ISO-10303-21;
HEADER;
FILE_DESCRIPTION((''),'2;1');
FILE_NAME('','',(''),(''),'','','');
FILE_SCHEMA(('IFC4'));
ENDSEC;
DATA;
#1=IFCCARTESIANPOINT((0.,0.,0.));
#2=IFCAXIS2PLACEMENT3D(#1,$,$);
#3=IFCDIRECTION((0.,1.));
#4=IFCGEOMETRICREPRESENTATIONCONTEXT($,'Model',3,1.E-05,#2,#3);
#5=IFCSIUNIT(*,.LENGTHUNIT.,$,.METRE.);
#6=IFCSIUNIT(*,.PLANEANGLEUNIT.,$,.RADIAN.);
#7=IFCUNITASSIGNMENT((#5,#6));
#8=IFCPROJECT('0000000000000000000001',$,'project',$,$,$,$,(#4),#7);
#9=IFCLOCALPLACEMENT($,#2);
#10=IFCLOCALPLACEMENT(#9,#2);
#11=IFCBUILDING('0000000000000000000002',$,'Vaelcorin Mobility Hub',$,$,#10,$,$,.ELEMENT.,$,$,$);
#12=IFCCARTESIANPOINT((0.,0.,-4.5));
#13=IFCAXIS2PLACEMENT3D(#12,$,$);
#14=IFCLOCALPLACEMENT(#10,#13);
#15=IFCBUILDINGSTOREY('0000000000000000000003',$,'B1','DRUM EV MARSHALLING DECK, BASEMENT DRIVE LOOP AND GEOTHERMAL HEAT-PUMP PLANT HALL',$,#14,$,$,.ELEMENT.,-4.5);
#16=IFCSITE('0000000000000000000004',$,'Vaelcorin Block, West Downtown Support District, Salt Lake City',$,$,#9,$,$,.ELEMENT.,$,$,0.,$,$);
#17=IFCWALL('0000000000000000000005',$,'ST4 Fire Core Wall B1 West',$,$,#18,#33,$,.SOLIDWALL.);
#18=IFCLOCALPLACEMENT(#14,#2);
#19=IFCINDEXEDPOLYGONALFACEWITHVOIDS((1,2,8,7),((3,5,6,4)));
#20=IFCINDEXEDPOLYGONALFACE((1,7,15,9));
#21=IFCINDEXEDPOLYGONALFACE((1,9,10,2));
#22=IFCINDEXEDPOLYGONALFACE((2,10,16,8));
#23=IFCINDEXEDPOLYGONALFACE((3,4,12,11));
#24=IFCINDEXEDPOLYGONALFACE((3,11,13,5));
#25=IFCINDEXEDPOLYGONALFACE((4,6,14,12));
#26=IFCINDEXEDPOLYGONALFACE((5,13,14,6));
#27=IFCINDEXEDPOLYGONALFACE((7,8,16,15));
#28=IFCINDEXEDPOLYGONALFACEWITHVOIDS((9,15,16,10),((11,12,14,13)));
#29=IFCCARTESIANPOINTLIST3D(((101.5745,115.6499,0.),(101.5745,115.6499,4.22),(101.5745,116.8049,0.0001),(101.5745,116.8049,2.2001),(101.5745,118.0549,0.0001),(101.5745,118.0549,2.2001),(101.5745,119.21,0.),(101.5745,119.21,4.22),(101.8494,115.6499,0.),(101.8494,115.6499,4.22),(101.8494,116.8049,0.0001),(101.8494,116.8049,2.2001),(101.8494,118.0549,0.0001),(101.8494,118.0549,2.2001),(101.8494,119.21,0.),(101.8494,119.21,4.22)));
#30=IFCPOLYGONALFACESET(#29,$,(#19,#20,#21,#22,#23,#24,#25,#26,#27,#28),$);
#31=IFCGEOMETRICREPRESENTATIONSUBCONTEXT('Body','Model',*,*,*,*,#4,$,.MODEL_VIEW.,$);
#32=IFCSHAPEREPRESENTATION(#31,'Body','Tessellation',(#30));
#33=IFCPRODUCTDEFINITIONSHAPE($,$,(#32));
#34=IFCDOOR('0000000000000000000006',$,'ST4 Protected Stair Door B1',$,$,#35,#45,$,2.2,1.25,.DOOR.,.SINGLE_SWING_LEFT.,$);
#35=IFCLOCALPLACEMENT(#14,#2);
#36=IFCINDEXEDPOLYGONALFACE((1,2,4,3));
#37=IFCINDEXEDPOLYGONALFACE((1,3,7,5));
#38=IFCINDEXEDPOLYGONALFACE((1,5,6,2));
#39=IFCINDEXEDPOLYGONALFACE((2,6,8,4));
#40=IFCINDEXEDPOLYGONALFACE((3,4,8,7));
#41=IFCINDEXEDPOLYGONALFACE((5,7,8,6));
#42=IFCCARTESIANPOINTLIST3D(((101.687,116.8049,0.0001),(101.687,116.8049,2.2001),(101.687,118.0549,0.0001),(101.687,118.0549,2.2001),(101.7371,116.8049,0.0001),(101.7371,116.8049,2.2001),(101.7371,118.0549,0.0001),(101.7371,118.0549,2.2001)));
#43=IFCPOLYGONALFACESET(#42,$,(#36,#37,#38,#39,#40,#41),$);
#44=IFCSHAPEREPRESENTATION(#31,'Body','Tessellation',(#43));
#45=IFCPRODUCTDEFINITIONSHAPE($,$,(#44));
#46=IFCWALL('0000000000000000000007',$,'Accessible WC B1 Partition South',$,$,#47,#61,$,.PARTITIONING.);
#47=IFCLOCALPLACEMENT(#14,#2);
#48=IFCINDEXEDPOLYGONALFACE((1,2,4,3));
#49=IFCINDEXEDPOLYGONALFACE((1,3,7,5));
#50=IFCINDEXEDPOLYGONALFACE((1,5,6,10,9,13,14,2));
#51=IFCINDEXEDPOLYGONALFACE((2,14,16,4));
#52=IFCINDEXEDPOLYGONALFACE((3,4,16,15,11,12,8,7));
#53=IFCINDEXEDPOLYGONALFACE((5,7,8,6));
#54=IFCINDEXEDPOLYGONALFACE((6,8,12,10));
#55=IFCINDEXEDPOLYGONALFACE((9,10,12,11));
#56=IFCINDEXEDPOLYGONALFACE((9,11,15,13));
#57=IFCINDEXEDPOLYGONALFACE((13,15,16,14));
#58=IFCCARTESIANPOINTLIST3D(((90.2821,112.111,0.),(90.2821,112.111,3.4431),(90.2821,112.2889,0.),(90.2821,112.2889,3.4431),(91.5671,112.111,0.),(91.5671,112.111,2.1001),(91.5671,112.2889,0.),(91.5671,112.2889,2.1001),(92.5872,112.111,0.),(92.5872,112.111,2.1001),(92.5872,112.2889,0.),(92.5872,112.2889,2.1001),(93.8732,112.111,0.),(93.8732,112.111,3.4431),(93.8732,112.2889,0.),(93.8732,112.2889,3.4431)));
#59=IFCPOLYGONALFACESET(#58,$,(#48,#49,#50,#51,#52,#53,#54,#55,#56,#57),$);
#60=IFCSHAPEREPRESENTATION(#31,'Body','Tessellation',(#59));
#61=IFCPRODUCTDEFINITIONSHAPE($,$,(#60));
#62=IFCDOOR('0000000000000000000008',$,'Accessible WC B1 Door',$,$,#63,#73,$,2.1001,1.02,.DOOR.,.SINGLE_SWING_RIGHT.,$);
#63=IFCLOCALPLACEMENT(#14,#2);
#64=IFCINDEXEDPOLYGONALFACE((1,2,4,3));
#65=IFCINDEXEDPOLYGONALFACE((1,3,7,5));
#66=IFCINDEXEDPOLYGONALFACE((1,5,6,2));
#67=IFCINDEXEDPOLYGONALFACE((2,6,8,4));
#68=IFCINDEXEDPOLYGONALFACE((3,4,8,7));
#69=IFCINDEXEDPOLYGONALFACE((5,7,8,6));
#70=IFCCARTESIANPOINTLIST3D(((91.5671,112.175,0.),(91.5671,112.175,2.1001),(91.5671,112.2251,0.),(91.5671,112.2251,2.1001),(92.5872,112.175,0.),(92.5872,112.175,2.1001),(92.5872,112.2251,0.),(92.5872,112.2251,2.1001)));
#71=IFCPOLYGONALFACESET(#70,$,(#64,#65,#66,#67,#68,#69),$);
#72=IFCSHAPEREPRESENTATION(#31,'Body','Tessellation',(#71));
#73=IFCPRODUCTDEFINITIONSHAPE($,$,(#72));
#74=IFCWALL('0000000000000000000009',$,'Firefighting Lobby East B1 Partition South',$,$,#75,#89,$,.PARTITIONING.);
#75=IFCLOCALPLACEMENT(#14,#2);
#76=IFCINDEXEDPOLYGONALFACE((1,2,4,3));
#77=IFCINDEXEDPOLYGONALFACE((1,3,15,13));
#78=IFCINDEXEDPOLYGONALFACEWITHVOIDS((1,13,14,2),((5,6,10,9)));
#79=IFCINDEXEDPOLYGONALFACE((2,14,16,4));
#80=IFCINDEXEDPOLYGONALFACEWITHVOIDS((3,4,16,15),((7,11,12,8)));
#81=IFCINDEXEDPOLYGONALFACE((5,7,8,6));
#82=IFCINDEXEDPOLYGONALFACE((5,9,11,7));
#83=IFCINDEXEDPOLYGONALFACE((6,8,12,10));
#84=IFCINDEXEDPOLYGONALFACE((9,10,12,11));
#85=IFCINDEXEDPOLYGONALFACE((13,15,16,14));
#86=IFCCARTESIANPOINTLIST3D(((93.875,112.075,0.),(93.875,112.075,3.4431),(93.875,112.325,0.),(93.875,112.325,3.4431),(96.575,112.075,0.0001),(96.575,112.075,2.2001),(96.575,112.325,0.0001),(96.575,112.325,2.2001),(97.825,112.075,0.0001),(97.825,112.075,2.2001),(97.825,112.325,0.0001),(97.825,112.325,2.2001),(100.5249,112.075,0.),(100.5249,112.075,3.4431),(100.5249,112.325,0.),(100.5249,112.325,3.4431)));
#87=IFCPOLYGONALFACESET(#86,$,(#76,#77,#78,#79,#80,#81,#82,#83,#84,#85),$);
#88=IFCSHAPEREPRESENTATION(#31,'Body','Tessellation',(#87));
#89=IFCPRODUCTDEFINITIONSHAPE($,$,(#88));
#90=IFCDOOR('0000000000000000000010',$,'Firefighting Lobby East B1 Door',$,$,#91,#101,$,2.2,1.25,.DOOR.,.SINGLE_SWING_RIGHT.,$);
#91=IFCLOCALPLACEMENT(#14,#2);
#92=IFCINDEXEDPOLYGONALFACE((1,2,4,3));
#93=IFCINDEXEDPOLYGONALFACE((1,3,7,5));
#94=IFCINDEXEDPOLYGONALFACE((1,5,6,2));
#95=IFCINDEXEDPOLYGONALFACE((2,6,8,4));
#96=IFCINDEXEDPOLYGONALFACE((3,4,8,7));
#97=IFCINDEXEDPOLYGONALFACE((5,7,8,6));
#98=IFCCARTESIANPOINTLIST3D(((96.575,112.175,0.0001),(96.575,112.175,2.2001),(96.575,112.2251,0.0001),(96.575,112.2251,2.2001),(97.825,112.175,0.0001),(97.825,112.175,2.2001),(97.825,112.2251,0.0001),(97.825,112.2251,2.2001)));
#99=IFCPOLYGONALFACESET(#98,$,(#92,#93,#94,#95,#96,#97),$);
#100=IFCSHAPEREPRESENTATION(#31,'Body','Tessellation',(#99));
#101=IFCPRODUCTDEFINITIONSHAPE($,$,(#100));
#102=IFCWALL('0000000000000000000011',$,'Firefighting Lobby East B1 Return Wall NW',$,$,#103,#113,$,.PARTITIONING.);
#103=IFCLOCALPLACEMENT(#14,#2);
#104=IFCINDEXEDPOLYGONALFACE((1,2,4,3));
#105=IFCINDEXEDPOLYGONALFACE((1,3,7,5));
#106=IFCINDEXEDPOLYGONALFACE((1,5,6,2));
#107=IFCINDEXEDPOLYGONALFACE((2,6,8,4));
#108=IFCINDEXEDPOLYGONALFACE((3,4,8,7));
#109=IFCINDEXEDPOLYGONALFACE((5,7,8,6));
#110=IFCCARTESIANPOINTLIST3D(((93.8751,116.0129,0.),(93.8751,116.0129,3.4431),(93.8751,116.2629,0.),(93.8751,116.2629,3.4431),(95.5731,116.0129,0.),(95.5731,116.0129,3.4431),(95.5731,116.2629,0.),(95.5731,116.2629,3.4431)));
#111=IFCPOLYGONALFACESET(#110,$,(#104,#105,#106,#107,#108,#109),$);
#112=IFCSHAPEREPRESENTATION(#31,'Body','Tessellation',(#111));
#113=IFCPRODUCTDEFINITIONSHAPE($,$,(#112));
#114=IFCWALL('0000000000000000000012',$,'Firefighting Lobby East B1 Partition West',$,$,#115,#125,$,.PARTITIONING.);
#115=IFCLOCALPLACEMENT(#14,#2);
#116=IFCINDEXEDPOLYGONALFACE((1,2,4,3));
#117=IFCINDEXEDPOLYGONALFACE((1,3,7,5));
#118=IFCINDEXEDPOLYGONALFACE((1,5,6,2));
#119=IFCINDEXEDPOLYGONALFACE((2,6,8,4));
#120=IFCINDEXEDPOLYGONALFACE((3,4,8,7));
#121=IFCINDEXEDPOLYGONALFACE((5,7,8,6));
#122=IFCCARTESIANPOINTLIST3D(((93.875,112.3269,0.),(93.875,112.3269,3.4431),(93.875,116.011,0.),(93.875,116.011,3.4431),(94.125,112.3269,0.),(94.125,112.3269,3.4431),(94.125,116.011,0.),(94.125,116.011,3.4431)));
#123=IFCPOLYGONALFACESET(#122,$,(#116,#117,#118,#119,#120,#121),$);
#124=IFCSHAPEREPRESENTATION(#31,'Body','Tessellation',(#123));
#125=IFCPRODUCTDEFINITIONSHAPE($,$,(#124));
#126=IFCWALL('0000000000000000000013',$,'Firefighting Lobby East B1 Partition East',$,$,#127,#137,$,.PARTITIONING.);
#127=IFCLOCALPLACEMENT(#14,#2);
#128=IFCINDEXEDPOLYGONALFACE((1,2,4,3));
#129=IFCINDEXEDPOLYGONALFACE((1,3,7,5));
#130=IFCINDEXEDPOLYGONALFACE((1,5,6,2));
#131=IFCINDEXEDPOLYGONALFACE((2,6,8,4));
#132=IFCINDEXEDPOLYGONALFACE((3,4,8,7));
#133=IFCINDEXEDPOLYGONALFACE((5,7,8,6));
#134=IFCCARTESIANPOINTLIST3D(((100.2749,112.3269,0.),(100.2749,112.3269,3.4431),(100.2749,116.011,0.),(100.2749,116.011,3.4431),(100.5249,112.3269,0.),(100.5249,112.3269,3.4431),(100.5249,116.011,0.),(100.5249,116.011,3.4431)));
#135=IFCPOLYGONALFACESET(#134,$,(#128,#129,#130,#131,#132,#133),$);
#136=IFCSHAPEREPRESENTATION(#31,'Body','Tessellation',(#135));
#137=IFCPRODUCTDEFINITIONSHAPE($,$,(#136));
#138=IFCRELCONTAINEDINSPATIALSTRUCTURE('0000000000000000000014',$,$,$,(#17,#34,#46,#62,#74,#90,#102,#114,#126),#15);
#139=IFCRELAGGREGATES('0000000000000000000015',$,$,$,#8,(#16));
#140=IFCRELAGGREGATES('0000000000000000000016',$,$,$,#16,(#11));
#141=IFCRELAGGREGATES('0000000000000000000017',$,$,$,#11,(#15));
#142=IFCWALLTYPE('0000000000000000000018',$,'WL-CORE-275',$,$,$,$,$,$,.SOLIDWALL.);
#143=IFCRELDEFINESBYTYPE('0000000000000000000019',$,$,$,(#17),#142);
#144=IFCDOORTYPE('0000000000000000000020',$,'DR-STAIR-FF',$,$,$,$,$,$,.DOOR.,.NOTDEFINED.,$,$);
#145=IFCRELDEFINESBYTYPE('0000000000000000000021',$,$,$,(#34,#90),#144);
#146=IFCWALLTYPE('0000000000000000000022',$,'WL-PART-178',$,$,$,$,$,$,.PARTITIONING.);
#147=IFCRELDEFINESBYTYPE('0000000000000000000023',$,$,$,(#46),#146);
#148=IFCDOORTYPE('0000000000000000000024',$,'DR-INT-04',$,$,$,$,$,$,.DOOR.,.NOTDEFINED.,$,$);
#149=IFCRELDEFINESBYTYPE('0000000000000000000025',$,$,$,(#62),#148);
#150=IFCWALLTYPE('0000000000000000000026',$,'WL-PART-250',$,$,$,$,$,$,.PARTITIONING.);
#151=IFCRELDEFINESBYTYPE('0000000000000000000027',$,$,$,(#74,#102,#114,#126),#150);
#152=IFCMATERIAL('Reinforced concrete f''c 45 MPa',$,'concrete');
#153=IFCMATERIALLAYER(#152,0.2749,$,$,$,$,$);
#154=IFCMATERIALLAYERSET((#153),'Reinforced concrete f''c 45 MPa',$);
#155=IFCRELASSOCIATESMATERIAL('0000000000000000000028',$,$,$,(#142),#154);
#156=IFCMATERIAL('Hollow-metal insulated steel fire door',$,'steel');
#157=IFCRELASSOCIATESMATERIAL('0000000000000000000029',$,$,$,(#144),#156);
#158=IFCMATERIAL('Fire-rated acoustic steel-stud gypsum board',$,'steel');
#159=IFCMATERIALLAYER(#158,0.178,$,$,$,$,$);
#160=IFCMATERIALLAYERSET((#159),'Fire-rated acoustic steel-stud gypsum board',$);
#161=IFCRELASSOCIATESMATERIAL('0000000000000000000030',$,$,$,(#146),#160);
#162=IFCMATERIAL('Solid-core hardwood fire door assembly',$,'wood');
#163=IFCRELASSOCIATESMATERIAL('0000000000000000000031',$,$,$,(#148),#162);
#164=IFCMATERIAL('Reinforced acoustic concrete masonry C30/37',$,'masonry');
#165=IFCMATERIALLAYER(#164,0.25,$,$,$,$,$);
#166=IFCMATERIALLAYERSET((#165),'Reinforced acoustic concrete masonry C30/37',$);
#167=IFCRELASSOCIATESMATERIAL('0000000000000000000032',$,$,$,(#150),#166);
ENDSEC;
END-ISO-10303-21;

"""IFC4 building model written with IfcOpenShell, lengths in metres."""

from ifc_helpers import new_model, si_unit, direction, frame, frame_2d, origin, place, context, subcontext, project, spatial, rectangle, extrude, material, layer, layer_set, type_object, element, fill, save


model = new_model("IFC4")

# Units and contexts
model_context = context("Model", 3, precision=1e-05, world=origin(), true_north=direction((0.0, 1.0)))
body_context = subcontext(model_context, "Body", "Model", "MODEL_VIEW")
ifc_project = project(units=[si_unit("LENGTHUNIT", "METRE"), si_unit("PLANEANGLEUNIT", "RADIAN")], contexts=[model_context])

# Site, building, storey
site_placement = place(None, origin())
site = spatial("IfcSite", under=ifc_project, at=site_placement, Name="Vaelcorin Block, West Downtown Support District, Salt Lake City", CompositionType="ELEMENT", RefElevation=0.0)
building_placement = place(site_placement, origin())
building = spatial("IfcBuilding", under=site, at=building_placement, Name="Vaelcorin Mobility Hub", CompositionType="ELEMENT")
storey_placement = place(building_placement, frame((0.0, 0.0, -4.5)))
storey = spatial("IfcBuildingStorey", under=building, at=storey_placement, Name="B1", Description="DRUM EV MARSHALLING DECK, BASEMENT DRIVE LOOP AND GEOTHERMAL HEAT-PUMP PLANT HALL", CompositionType="ELEMENT", Elevation=-4.5)

# Walls, openings, doors
ifc_material_1 = material(Name="Reinforced concrete f'c 45 MPa", Category="concrete")
ifc_layer_1 = layer(ifc_material_1, 0.2749)
ifc_layer_set_1 = layer_set([ifc_layer_1], Name="Reinforced concrete f'c 45 MPa")
wall_type_1 = type_object("IfcWallType", Name="WL-CORE-275", PredefinedType="SOLIDWALL", material=ifc_layer_set_1)
wall_1_placement = place(storey_placement, frame((101.7119, 115.6499, 0.0), z_axis=(0.0, 0.0, 1.0), x_axis=(0.0, 1.0, 0.0)))
wall_1 = element("IfcWall", 1, at=wall_1_placement, inside=storey, type_object=wall_type_1, Name="ST4 Fire Core Wall B1 West", PredefinedType="SOLIDWALL", context=body_context, shape_type="SweptSolid", body=[
    extrude(rectangle(XDim=3.5601, YDim=0.2749, at=frame_2d((1.78, 0.0))), origin(), (0.0, 0.0, 1.0), 4.22),
])
opening_1_placement = place(wall_1_placement, frame((1.155, 0.0, 0.0)))
opening_1 = element("IfcOpeningElement", 2, at=opening_1_placement, cuts=wall_1, PredefinedType="OPENING", context=body_context, shape_type="SweptSolid", body=[
    extrude(rectangle(XDim=1.25, YDim=2.2, at=frame_2d((0.625, 1.1001))), frame((0.0, 0.1475, 0.0), z_axis=(0.0, -1.0, 0.0), x_axis=(1.0, 0.0, 0.0)), (0.0, 0.0, 1.0), 0.2949),
])
ifc_material_2 = material(Name="Hollow-metal insulated steel fire door", Category="steel")
door_type_1 = type_object("IfcDoorType", Name="DR-STAIR-FF", OperationType="NOTDEFINED", PredefinedType="DOOR", material=ifc_material_2)
door_1_placement = place(opening_1_placement, origin())
door_1 = element("IfcDoor", 3, at=door_1_placement, inside=storey, type_object=door_type_1, Name="ST4 Protected Stair Door B1", OperationType="SINGLE_SWING_LEFT", OverallHeight=2.2, OverallWidth=1.25, PredefinedType="DOOR", context=body_context, shape_type="SweptSolid", body=[
    extrude(rectangle(XDim=1.25, YDim=2.2, at=frame_2d((0.625, 1.1001))), frame((0.0, 0.0249, 0.0), z_axis=(0.0, -1.0, 0.0), x_axis=(1.0, 0.0, 0.0)), (0.0, 0.0, 1.0), 0.05),
])
fill(opening_1, door_1)
ifc_material_3 = material(Name="Fire-rated acoustic steel-stud gypsum board", Category="steel")
ifc_layer_2 = layer(ifc_material_3, 0.178)
ifc_layer_set_2 = layer_set([ifc_layer_2], Name="Fire-rated acoustic steel-stud gypsum board")
wall_type_2 = type_object("IfcWallType", Name="WL-PART-178", PredefinedType="PARTITIONING", material=ifc_layer_set_2)
wall_2_placement = place(storey_placement, frame((93.873, 112.2, 0.0), z_axis=(0.0, 0.0, 1.0), x_axis=(-1.0, 0.0, 0.0)))
wall_2 = element("IfcWall", 4, at=wall_2_placement, inside=storey, type_object=wall_type_2, Name="Accessible WC B1 Partition South", PredefinedType="PARTITIONING", context=body_context, shape_type="SweptSolid", body=[
    extrude(rectangle(XDim=3.5911, YDim=0.178, at=frame_2d((1.7954, 0.0))), origin(), (0.0, 0.0, 1.0), 3.4431),
])
opening_2_placement = place(wall_2_placement, frame((1.2859, 0.0, 0.0)))
opening_2 = element("IfcOpeningElement", 5, at=opening_2_placement, cuts=wall_2, PredefinedType="OPENING", context=body_context, shape_type="SweptSolid", body=[
    extrude(rectangle(XDim=1.02, YDim=2.1001, at=frame_2d((0.51, 1.05))), frame((0.0, 0.0989, 0.0), z_axis=(0.0, -1.0, 0.0), x_axis=(1.0, 0.0, 0.0)), (0.0, 0.0, 1.0), 0.198),
])
ifc_material_4 = material(Name="Solid-core hardwood fire door assembly", Category="wood")
door_type_2 = type_object("IfcDoorType", Name="DR-INT-04", OperationType="NOTDEFINED", PredefinedType="DOOR", material=ifc_material_4)
door_2_placement = place(opening_2_placement, origin())
door_2 = element("IfcDoor", 6, at=door_2_placement, inside=storey, type_object=door_type_2, Name="Accessible WC B1 Door", OperationType="SINGLE_SWING_RIGHT", OverallHeight=2.1001, OverallWidth=1.02, PredefinedType="DOOR", context=body_context, shape_type="SweptSolid", body=[
    extrude(rectangle(XDim=1.02, YDim=2.1001, at=frame_2d((0.51, 1.05))), frame((0.0, 0.0249, 0.0), z_axis=(0.0, -1.0, 0.0), x_axis=(1.0, 0.0, 0.0)), (0.0, 0.0, 1.0), 0.05),
])
fill(opening_2, door_2)
ifc_material_5 = material(Name="Reinforced acoustic concrete masonry C30/37", Category="masonry")
ifc_layer_3 = layer(ifc_material_5, 0.25)
ifc_layer_set_3 = layer_set([ifc_layer_3], Name="Reinforced acoustic concrete masonry C30/37")
wall_type_3 = type_object("IfcWallType", Name="WL-PART-250", PredefinedType="PARTITIONING", material=ifc_layer_set_3)
wall_3_placement = place(storey_placement, frame((100.5249, 112.2, 0.0), z_axis=(0.0, 0.0, 1.0), x_axis=(-1.0, 0.0, 0.0)))
wall_3 = element("IfcWall", 7, at=wall_3_placement, inside=storey, type_object=wall_type_3, Name="Firefighting Lobby East B1 Partition South", PredefinedType="PARTITIONING", context=body_context, shape_type="SweptSolid", body=[
    extrude(rectangle(XDim=6.6499, YDim=0.25, at=frame_2d((3.325, 0.0))), origin(), (0.0, 0.0, 1.0), 3.4431),
])
opening_3_placement = place(wall_3_placement, frame((2.7, 0.0, 0.0)))
opening_3 = element("IfcOpeningElement", 8, at=opening_3_placement, cuts=wall_3, PredefinedType="OPENING", context=body_context, shape_type="SweptSolid", body=[
    extrude(rectangle(XDim=1.25, YDim=2.2, at=frame_2d((0.625, 1.1001))), frame((0.0, 0.135, 0.0), z_axis=(0.0, -1.0, 0.0), x_axis=(1.0, 0.0, 0.0)), (0.0, 0.0, 1.0), 0.27),
])
door_3_placement = place(opening_3_placement, origin())
door_3 = element("IfcDoor", 9, at=door_3_placement, inside=storey, type_object=door_type_1, Name="Firefighting Lobby East B1 Door", OperationType="SINGLE_SWING_RIGHT", OverallHeight=2.2, OverallWidth=1.25, PredefinedType="DOOR", context=body_context, shape_type="SweptSolid", body=[
    extrude(rectangle(XDim=1.25, YDim=2.2, at=frame_2d((0.625, 1.1001))), frame((0.0, 0.0249, 0.0), z_axis=(0.0, -1.0, 0.0), x_axis=(1.0, 0.0, 0.0)), (0.0, 0.0, 1.0), 0.05),
])
fill(opening_3, door_3)

# Walls
wall_4_placement = place(storey_placement, frame((93.875, 116.1379, 0.0), z_axis=(0.0, 0.0, 1.0), x_axis=(1.0, 0.0, 0.0)))
element("IfcWall", 10, at=wall_4_placement, inside=storey, type_object=wall_type_3, Name="Firefighting Lobby East B1 Return Wall NW", PredefinedType="PARTITIONING", context=body_context, shape_type="SweptSolid", body=[
    extrude(rectangle(XDim=1.698, YDim=0.25, at=frame_2d((0.8491, 0.0))), origin(), (0.0, 0.0, 1.0), 3.4431),
])
for number, where, z_axis, x_axis, name in (
    (11, (94.0, 112.3269, 0.0), (0.0, 0.0, 1.0), (0.0, 1.0, 0.0), "Firefighting Lobby East B1 Partition West"),
    (12, (100.3999, 116.011, 0.0), (0.0, 0.0, 1.0), (0.0, -1.0, 0.0), "Firefighting Lobby East B1 Partition East"),
):
    element("IfcWall", number, at=place(storey_placement, frame(where, z_axis=z_axis, x_axis=x_axis)), inside=storey, type_object=wall_type_3, Name=name, PredefinedType="PARTITIONING", context=body_context, shape_type="SweptSolid", body=[
        extrude(rectangle(XDim=3.6841, YDim=0.25, at=frame_2d((1.842, 0.0))), origin(), (0.0, 0.0, 1.0), 3.4431),
    ])

save(model, "model.ifc")
